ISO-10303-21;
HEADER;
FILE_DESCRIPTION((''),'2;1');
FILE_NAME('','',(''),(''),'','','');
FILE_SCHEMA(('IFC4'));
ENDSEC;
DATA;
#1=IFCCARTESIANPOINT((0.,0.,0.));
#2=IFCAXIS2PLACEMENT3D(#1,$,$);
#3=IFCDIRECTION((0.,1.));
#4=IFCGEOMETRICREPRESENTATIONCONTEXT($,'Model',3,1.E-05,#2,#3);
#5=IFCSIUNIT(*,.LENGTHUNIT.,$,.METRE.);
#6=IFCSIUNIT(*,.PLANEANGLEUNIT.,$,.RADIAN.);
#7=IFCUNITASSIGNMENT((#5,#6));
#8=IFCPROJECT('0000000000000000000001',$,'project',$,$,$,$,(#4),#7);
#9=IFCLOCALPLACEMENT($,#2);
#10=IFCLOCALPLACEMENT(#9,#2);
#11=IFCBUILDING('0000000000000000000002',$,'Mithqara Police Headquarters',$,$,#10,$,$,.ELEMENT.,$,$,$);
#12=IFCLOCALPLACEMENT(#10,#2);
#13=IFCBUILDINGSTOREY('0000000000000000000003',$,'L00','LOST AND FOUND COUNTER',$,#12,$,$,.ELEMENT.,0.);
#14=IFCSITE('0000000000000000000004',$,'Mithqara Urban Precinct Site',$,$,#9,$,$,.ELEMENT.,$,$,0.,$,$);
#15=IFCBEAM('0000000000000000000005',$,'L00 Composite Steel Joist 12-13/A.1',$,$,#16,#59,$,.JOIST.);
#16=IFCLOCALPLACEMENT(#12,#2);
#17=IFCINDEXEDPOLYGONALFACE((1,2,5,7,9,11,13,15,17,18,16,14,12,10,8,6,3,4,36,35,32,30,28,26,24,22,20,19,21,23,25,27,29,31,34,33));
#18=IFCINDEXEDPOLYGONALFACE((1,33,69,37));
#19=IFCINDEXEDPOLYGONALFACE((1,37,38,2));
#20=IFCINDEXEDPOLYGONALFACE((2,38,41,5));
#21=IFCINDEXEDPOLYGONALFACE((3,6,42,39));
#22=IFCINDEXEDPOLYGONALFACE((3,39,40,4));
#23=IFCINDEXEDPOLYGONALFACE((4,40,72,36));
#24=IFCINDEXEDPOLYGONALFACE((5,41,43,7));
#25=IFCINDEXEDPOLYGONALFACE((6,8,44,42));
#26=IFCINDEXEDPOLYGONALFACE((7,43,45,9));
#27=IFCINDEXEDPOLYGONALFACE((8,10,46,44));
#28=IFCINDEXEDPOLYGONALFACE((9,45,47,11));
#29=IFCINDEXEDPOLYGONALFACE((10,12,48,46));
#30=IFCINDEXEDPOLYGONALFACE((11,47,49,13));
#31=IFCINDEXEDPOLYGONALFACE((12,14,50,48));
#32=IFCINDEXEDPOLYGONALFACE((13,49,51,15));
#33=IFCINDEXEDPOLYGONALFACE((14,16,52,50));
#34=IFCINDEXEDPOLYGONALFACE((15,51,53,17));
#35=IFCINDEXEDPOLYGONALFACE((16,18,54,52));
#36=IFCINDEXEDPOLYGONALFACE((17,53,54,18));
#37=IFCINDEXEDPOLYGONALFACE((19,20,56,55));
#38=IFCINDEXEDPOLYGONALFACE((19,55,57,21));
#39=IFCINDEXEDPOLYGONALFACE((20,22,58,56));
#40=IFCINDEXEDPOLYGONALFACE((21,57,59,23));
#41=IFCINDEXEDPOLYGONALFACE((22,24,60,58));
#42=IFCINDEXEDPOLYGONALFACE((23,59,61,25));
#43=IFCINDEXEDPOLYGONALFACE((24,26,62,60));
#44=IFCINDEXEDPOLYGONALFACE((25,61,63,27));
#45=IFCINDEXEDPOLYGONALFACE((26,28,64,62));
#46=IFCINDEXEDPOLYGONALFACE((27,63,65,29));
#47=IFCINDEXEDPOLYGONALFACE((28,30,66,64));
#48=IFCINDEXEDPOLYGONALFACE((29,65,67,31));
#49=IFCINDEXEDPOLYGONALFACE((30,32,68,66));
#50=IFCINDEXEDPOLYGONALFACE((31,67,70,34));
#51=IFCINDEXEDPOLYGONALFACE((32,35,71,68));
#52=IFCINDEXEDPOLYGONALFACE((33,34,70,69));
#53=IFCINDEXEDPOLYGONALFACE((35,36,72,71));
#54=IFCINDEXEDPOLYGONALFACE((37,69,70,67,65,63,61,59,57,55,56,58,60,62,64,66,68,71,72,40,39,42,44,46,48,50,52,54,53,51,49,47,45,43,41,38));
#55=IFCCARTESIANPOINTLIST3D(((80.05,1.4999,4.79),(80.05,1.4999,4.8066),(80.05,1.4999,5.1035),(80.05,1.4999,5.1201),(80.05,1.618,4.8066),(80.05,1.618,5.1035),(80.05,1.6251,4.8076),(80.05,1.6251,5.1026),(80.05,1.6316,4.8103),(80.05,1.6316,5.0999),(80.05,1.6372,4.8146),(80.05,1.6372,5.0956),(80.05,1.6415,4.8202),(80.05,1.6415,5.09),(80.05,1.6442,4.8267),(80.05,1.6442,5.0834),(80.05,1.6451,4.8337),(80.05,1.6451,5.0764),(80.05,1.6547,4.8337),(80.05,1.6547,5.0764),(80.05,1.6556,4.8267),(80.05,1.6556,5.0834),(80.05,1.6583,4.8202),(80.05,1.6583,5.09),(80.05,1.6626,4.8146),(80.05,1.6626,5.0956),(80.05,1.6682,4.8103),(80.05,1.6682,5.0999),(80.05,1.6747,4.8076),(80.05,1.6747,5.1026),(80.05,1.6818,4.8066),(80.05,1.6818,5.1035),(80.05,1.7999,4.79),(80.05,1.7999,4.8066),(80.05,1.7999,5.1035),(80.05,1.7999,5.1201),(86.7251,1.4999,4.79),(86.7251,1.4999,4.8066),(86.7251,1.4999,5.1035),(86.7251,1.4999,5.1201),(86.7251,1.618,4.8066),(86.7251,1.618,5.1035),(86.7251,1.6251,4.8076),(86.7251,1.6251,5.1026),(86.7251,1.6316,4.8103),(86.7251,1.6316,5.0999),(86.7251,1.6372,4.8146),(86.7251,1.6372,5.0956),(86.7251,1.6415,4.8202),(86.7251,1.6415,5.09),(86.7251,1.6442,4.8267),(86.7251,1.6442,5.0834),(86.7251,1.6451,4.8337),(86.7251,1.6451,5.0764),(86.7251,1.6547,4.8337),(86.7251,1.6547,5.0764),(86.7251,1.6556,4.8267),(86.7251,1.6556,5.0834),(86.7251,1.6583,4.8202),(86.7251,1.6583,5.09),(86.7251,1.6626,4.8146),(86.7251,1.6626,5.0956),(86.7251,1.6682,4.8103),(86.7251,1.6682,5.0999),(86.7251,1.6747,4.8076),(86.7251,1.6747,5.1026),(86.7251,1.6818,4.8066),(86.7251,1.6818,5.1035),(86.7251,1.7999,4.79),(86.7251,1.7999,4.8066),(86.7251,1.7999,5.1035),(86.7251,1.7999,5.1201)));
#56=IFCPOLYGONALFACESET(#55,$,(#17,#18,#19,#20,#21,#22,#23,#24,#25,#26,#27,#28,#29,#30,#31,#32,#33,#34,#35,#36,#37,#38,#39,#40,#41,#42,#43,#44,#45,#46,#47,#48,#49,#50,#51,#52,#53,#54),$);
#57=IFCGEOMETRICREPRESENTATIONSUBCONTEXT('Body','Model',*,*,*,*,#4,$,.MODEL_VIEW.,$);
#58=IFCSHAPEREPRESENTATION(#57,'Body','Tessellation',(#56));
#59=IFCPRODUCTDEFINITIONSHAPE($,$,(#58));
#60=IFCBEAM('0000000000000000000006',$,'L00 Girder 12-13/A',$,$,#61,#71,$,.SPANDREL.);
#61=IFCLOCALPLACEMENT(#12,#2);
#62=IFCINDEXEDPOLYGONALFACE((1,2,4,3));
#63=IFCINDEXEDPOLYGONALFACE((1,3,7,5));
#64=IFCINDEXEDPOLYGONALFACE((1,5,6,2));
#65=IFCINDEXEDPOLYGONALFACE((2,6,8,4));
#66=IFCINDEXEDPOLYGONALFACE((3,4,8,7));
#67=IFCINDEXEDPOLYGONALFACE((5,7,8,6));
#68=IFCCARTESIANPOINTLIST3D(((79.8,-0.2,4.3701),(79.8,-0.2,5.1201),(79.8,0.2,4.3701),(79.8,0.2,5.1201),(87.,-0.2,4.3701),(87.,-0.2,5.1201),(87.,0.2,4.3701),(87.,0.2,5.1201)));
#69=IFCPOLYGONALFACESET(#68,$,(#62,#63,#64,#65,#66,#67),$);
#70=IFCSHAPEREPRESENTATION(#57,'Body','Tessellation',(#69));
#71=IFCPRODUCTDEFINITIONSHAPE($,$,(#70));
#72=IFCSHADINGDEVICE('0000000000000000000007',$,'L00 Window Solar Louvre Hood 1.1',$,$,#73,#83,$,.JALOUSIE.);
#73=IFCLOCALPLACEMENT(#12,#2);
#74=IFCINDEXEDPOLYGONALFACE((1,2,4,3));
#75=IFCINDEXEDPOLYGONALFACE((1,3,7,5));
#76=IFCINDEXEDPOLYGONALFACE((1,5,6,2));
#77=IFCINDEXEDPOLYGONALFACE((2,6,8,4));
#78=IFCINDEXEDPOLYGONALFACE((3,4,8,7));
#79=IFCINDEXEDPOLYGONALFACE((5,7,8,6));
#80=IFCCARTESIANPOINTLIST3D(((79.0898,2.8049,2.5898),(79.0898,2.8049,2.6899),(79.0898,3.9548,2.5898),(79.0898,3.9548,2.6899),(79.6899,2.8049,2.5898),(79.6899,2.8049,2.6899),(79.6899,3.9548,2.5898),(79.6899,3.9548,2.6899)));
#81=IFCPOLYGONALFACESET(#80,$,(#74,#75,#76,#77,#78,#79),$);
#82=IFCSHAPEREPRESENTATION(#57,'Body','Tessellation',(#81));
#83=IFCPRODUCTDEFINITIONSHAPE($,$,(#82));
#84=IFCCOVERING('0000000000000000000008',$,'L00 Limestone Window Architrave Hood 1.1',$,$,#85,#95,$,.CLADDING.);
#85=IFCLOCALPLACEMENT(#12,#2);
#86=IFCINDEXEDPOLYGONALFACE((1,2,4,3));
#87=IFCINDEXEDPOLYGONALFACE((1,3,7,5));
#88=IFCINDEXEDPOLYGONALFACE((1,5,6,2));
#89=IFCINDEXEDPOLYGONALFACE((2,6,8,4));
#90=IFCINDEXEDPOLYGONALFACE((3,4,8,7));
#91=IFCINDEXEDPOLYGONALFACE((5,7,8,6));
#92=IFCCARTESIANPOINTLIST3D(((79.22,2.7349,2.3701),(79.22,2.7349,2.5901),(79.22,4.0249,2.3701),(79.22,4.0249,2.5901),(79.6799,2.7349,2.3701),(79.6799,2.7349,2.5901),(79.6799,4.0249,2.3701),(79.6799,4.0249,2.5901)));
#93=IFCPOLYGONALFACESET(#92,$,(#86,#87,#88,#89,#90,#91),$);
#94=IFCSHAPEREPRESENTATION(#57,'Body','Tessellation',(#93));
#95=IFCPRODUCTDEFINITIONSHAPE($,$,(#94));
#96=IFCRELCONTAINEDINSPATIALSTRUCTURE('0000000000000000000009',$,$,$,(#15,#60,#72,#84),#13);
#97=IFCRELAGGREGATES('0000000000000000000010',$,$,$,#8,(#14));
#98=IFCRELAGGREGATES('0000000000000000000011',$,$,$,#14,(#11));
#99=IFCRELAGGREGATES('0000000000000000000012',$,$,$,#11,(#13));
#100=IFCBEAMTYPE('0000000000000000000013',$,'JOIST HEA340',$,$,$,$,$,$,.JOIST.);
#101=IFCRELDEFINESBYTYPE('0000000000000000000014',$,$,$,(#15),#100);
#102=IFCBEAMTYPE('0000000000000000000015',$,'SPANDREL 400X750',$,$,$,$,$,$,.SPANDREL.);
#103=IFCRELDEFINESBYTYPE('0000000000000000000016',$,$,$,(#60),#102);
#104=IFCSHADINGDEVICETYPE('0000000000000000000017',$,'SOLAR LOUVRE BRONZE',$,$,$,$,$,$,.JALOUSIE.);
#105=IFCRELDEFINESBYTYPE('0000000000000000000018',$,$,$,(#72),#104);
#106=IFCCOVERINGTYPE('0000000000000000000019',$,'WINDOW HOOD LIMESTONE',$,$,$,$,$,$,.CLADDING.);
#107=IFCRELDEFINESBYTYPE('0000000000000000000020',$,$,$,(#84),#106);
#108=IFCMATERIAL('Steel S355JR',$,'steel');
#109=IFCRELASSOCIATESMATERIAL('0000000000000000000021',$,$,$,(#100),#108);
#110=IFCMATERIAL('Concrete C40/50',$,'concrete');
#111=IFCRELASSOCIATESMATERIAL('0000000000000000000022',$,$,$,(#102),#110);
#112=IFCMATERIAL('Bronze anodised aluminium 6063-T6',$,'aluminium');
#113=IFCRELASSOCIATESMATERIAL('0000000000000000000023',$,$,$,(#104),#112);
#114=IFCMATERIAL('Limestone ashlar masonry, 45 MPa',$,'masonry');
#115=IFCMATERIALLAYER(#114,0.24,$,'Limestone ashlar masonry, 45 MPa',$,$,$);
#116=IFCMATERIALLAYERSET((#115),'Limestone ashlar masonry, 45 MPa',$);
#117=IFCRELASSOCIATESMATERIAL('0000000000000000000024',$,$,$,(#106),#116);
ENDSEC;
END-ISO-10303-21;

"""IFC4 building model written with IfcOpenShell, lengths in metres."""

from ifc_helpers import new_model, si_unit, direction, frame, origin, origin_2d, place, context, subcontext, project, spatial, rectangle, i_section, extrude, material, layer, layer_set, material_profile, profile_set, type_object, element, save


model = new_model("IFC4")

# Units and contexts
model_context = context("Model", 3, precision=1e-05, world=origin(), true_north=direction((0.0, 1.0)))
body_context = subcontext(model_context, "Body", "Model", "MODEL_VIEW")
ifc_project = project(units=[si_unit("LENGTHUNIT", "METRE"), si_unit("PLANEANGLEUNIT", "RADIAN")], contexts=[model_context])

# Site, building, storey
site_placement = place(None, origin())
site = spatial("IfcSite", under=ifc_project, at=site_placement, Name="Mithqara Urban Precinct Site", CompositionType="ELEMENT", RefElevation=0.0)
building_placement = place(site_placement, origin())
building = spatial("IfcBuilding", under=site, at=building_placement, Name="Mithqara Police Headquarters", CompositionType="ELEMENT")
storey_placement = place(building_placement, origin())
storey = spatial("IfcBuildingStorey", under=building, at=storey_placement, Name="L00", Description="LOST AND FOUND COUNTER", CompositionType="ELEMENT", Elevation=0.0)

# Shared definitions
ifc_material_1 = material(Name="Concrete C40/50", Category="concrete")

# Beams
ifc_material_2 = material(Name="Steel S355JR", Category="steel")
ifc_material_profile_1 = material_profile(ifc_material_2, i_section(OverallWidth=0.3, OverallDepth=0.3301, WebThickness=0.0095, FlangeThickness=0.0166, FilletRadius=0.0271, at=origin_2d()), Name="HEA 340")
ifc_profile_set_1 = profile_set([ifc_material_profile_1], Name="Steel S355JR")
beam_type_1 = type_object("IfcBeamType", Name="JOIST HEA340", PredefinedType="JOIST", material=ifc_profile_set_1)
beam_1_placement = place(storey_placement, frame((80.05, 1.6499, 4.9551), z_axis=(1.0, 0.0, 0.0), x_axis=(0.0, 1.0, 0.0)))
element("IfcBeam", 1, at=beam_1_placement, inside=storey, type_object=beam_type_1, Name="L00 Composite Steel Joist 12-13/A.1", PredefinedType="JOIST", context=body_context, shape_type="SweptSolid", body=[
    extrude(i_section(OverallWidth=0.3, OverallDepth=0.3301, WebThickness=0.0095, FlangeThickness=0.0166, FilletRadius=0.0271, at=origin_2d()), origin(), (0.0, 0.0, 1.0), 6.675),
])
ifc_material_profile_2 = material_profile(ifc_material_1, rectangle(XDim=0.3999, YDim=0.75, at=origin_2d()), Name="SPB 400x750")
ifc_profile_set_2 = profile_set([ifc_material_profile_2], Name="Concrete C40/50")
beam_type_2 = type_object("IfcBeamType", Name="SPANDREL 400X750", PredefinedType="SPANDREL", material=ifc_profile_set_2)
beam_2_placement = place(storey_placement, frame((79.8, 0.0, 4.7451), z_axis=(1.0, 0.0, 0.0), x_axis=(0.0, 1.0, 0.0)))
element("IfcBeam", 2, at=beam_2_placement, inside=storey, type_object=beam_type_2, Name="L00 Girder 12-13/A", PredefinedType="SPANDREL", context=body_context, shape_type="SweptSolid", body=[
    extrude(rectangle(XDim=0.3999, YDim=0.75, at=origin_2d()), origin(), (0.0, 0.0, 1.0), 7.2),
])

# Shared definitions
ifc_material_3 = material(Name="Limestone ashlar masonry, 45 MPa", Category="masonry")
ifc_material_4 = material(Name="Bronze anodised aluminium 6063-T6", Category="aluminium")

# Shading device
shading_device_type = type_object("IfcShadingDeviceType", Name="SOLAR LOUVRE BRONZE", PredefinedType="JALOUSIE", material=ifc_material_4)
shading_device_placement = place(storey_placement, frame((79.3899, 3.3799, 2.5898), z_axis=(0.0, 0.0, 1.0), x_axis=(0.0, 1.0, 0.0)))
element("IfcShadingDevice", 3, at=shading_device_placement, inside=storey, type_object=shading_device_type, Name="L00 Window Solar Louvre Hood 1.1", PredefinedType="JALOUSIE", context=body_context, shape_type="SweptSolid", body=[
    extrude(rectangle(XDim=1.1499, YDim=0.6001, at=origin_2d()), origin(), (0.0, 0.0, 1.0), 0.1001),
])

# Covering
ifc_layer_1 = layer(ifc_material_3, 0.24, Name="Limestone ashlar masonry, 45 MPa")
ifc_layer_set_1 = layer_set([ifc_layer_1], Name="Limestone ashlar masonry, 45 MPa")
covering_type = type_object("IfcCoveringType", Name="WINDOW HOOD LIMESTONE", PredefinedType="CLADDING", material=ifc_layer_set_1)
covering_placement = place(storey_placement, frame((79.45, 3.3799, 2.3701), z_axis=(0.0, 0.0, 1.0), x_axis=(0.0, 1.0, 0.0)))
element("IfcCovering", 4, at=covering_placement, inside=storey, type_object=covering_type, Name="L00 Limestone Window Architrave Hood 1.1", PredefinedType="CLADDING", context=body_context, shape_type="SweptSolid", body=[
    extrude(rectangle(XDim=1.29, YDim=0.46, at=origin_2d()), origin(), (0.0, 0.0, 1.0), 0.22),
])

save(model, "model.ifc")
